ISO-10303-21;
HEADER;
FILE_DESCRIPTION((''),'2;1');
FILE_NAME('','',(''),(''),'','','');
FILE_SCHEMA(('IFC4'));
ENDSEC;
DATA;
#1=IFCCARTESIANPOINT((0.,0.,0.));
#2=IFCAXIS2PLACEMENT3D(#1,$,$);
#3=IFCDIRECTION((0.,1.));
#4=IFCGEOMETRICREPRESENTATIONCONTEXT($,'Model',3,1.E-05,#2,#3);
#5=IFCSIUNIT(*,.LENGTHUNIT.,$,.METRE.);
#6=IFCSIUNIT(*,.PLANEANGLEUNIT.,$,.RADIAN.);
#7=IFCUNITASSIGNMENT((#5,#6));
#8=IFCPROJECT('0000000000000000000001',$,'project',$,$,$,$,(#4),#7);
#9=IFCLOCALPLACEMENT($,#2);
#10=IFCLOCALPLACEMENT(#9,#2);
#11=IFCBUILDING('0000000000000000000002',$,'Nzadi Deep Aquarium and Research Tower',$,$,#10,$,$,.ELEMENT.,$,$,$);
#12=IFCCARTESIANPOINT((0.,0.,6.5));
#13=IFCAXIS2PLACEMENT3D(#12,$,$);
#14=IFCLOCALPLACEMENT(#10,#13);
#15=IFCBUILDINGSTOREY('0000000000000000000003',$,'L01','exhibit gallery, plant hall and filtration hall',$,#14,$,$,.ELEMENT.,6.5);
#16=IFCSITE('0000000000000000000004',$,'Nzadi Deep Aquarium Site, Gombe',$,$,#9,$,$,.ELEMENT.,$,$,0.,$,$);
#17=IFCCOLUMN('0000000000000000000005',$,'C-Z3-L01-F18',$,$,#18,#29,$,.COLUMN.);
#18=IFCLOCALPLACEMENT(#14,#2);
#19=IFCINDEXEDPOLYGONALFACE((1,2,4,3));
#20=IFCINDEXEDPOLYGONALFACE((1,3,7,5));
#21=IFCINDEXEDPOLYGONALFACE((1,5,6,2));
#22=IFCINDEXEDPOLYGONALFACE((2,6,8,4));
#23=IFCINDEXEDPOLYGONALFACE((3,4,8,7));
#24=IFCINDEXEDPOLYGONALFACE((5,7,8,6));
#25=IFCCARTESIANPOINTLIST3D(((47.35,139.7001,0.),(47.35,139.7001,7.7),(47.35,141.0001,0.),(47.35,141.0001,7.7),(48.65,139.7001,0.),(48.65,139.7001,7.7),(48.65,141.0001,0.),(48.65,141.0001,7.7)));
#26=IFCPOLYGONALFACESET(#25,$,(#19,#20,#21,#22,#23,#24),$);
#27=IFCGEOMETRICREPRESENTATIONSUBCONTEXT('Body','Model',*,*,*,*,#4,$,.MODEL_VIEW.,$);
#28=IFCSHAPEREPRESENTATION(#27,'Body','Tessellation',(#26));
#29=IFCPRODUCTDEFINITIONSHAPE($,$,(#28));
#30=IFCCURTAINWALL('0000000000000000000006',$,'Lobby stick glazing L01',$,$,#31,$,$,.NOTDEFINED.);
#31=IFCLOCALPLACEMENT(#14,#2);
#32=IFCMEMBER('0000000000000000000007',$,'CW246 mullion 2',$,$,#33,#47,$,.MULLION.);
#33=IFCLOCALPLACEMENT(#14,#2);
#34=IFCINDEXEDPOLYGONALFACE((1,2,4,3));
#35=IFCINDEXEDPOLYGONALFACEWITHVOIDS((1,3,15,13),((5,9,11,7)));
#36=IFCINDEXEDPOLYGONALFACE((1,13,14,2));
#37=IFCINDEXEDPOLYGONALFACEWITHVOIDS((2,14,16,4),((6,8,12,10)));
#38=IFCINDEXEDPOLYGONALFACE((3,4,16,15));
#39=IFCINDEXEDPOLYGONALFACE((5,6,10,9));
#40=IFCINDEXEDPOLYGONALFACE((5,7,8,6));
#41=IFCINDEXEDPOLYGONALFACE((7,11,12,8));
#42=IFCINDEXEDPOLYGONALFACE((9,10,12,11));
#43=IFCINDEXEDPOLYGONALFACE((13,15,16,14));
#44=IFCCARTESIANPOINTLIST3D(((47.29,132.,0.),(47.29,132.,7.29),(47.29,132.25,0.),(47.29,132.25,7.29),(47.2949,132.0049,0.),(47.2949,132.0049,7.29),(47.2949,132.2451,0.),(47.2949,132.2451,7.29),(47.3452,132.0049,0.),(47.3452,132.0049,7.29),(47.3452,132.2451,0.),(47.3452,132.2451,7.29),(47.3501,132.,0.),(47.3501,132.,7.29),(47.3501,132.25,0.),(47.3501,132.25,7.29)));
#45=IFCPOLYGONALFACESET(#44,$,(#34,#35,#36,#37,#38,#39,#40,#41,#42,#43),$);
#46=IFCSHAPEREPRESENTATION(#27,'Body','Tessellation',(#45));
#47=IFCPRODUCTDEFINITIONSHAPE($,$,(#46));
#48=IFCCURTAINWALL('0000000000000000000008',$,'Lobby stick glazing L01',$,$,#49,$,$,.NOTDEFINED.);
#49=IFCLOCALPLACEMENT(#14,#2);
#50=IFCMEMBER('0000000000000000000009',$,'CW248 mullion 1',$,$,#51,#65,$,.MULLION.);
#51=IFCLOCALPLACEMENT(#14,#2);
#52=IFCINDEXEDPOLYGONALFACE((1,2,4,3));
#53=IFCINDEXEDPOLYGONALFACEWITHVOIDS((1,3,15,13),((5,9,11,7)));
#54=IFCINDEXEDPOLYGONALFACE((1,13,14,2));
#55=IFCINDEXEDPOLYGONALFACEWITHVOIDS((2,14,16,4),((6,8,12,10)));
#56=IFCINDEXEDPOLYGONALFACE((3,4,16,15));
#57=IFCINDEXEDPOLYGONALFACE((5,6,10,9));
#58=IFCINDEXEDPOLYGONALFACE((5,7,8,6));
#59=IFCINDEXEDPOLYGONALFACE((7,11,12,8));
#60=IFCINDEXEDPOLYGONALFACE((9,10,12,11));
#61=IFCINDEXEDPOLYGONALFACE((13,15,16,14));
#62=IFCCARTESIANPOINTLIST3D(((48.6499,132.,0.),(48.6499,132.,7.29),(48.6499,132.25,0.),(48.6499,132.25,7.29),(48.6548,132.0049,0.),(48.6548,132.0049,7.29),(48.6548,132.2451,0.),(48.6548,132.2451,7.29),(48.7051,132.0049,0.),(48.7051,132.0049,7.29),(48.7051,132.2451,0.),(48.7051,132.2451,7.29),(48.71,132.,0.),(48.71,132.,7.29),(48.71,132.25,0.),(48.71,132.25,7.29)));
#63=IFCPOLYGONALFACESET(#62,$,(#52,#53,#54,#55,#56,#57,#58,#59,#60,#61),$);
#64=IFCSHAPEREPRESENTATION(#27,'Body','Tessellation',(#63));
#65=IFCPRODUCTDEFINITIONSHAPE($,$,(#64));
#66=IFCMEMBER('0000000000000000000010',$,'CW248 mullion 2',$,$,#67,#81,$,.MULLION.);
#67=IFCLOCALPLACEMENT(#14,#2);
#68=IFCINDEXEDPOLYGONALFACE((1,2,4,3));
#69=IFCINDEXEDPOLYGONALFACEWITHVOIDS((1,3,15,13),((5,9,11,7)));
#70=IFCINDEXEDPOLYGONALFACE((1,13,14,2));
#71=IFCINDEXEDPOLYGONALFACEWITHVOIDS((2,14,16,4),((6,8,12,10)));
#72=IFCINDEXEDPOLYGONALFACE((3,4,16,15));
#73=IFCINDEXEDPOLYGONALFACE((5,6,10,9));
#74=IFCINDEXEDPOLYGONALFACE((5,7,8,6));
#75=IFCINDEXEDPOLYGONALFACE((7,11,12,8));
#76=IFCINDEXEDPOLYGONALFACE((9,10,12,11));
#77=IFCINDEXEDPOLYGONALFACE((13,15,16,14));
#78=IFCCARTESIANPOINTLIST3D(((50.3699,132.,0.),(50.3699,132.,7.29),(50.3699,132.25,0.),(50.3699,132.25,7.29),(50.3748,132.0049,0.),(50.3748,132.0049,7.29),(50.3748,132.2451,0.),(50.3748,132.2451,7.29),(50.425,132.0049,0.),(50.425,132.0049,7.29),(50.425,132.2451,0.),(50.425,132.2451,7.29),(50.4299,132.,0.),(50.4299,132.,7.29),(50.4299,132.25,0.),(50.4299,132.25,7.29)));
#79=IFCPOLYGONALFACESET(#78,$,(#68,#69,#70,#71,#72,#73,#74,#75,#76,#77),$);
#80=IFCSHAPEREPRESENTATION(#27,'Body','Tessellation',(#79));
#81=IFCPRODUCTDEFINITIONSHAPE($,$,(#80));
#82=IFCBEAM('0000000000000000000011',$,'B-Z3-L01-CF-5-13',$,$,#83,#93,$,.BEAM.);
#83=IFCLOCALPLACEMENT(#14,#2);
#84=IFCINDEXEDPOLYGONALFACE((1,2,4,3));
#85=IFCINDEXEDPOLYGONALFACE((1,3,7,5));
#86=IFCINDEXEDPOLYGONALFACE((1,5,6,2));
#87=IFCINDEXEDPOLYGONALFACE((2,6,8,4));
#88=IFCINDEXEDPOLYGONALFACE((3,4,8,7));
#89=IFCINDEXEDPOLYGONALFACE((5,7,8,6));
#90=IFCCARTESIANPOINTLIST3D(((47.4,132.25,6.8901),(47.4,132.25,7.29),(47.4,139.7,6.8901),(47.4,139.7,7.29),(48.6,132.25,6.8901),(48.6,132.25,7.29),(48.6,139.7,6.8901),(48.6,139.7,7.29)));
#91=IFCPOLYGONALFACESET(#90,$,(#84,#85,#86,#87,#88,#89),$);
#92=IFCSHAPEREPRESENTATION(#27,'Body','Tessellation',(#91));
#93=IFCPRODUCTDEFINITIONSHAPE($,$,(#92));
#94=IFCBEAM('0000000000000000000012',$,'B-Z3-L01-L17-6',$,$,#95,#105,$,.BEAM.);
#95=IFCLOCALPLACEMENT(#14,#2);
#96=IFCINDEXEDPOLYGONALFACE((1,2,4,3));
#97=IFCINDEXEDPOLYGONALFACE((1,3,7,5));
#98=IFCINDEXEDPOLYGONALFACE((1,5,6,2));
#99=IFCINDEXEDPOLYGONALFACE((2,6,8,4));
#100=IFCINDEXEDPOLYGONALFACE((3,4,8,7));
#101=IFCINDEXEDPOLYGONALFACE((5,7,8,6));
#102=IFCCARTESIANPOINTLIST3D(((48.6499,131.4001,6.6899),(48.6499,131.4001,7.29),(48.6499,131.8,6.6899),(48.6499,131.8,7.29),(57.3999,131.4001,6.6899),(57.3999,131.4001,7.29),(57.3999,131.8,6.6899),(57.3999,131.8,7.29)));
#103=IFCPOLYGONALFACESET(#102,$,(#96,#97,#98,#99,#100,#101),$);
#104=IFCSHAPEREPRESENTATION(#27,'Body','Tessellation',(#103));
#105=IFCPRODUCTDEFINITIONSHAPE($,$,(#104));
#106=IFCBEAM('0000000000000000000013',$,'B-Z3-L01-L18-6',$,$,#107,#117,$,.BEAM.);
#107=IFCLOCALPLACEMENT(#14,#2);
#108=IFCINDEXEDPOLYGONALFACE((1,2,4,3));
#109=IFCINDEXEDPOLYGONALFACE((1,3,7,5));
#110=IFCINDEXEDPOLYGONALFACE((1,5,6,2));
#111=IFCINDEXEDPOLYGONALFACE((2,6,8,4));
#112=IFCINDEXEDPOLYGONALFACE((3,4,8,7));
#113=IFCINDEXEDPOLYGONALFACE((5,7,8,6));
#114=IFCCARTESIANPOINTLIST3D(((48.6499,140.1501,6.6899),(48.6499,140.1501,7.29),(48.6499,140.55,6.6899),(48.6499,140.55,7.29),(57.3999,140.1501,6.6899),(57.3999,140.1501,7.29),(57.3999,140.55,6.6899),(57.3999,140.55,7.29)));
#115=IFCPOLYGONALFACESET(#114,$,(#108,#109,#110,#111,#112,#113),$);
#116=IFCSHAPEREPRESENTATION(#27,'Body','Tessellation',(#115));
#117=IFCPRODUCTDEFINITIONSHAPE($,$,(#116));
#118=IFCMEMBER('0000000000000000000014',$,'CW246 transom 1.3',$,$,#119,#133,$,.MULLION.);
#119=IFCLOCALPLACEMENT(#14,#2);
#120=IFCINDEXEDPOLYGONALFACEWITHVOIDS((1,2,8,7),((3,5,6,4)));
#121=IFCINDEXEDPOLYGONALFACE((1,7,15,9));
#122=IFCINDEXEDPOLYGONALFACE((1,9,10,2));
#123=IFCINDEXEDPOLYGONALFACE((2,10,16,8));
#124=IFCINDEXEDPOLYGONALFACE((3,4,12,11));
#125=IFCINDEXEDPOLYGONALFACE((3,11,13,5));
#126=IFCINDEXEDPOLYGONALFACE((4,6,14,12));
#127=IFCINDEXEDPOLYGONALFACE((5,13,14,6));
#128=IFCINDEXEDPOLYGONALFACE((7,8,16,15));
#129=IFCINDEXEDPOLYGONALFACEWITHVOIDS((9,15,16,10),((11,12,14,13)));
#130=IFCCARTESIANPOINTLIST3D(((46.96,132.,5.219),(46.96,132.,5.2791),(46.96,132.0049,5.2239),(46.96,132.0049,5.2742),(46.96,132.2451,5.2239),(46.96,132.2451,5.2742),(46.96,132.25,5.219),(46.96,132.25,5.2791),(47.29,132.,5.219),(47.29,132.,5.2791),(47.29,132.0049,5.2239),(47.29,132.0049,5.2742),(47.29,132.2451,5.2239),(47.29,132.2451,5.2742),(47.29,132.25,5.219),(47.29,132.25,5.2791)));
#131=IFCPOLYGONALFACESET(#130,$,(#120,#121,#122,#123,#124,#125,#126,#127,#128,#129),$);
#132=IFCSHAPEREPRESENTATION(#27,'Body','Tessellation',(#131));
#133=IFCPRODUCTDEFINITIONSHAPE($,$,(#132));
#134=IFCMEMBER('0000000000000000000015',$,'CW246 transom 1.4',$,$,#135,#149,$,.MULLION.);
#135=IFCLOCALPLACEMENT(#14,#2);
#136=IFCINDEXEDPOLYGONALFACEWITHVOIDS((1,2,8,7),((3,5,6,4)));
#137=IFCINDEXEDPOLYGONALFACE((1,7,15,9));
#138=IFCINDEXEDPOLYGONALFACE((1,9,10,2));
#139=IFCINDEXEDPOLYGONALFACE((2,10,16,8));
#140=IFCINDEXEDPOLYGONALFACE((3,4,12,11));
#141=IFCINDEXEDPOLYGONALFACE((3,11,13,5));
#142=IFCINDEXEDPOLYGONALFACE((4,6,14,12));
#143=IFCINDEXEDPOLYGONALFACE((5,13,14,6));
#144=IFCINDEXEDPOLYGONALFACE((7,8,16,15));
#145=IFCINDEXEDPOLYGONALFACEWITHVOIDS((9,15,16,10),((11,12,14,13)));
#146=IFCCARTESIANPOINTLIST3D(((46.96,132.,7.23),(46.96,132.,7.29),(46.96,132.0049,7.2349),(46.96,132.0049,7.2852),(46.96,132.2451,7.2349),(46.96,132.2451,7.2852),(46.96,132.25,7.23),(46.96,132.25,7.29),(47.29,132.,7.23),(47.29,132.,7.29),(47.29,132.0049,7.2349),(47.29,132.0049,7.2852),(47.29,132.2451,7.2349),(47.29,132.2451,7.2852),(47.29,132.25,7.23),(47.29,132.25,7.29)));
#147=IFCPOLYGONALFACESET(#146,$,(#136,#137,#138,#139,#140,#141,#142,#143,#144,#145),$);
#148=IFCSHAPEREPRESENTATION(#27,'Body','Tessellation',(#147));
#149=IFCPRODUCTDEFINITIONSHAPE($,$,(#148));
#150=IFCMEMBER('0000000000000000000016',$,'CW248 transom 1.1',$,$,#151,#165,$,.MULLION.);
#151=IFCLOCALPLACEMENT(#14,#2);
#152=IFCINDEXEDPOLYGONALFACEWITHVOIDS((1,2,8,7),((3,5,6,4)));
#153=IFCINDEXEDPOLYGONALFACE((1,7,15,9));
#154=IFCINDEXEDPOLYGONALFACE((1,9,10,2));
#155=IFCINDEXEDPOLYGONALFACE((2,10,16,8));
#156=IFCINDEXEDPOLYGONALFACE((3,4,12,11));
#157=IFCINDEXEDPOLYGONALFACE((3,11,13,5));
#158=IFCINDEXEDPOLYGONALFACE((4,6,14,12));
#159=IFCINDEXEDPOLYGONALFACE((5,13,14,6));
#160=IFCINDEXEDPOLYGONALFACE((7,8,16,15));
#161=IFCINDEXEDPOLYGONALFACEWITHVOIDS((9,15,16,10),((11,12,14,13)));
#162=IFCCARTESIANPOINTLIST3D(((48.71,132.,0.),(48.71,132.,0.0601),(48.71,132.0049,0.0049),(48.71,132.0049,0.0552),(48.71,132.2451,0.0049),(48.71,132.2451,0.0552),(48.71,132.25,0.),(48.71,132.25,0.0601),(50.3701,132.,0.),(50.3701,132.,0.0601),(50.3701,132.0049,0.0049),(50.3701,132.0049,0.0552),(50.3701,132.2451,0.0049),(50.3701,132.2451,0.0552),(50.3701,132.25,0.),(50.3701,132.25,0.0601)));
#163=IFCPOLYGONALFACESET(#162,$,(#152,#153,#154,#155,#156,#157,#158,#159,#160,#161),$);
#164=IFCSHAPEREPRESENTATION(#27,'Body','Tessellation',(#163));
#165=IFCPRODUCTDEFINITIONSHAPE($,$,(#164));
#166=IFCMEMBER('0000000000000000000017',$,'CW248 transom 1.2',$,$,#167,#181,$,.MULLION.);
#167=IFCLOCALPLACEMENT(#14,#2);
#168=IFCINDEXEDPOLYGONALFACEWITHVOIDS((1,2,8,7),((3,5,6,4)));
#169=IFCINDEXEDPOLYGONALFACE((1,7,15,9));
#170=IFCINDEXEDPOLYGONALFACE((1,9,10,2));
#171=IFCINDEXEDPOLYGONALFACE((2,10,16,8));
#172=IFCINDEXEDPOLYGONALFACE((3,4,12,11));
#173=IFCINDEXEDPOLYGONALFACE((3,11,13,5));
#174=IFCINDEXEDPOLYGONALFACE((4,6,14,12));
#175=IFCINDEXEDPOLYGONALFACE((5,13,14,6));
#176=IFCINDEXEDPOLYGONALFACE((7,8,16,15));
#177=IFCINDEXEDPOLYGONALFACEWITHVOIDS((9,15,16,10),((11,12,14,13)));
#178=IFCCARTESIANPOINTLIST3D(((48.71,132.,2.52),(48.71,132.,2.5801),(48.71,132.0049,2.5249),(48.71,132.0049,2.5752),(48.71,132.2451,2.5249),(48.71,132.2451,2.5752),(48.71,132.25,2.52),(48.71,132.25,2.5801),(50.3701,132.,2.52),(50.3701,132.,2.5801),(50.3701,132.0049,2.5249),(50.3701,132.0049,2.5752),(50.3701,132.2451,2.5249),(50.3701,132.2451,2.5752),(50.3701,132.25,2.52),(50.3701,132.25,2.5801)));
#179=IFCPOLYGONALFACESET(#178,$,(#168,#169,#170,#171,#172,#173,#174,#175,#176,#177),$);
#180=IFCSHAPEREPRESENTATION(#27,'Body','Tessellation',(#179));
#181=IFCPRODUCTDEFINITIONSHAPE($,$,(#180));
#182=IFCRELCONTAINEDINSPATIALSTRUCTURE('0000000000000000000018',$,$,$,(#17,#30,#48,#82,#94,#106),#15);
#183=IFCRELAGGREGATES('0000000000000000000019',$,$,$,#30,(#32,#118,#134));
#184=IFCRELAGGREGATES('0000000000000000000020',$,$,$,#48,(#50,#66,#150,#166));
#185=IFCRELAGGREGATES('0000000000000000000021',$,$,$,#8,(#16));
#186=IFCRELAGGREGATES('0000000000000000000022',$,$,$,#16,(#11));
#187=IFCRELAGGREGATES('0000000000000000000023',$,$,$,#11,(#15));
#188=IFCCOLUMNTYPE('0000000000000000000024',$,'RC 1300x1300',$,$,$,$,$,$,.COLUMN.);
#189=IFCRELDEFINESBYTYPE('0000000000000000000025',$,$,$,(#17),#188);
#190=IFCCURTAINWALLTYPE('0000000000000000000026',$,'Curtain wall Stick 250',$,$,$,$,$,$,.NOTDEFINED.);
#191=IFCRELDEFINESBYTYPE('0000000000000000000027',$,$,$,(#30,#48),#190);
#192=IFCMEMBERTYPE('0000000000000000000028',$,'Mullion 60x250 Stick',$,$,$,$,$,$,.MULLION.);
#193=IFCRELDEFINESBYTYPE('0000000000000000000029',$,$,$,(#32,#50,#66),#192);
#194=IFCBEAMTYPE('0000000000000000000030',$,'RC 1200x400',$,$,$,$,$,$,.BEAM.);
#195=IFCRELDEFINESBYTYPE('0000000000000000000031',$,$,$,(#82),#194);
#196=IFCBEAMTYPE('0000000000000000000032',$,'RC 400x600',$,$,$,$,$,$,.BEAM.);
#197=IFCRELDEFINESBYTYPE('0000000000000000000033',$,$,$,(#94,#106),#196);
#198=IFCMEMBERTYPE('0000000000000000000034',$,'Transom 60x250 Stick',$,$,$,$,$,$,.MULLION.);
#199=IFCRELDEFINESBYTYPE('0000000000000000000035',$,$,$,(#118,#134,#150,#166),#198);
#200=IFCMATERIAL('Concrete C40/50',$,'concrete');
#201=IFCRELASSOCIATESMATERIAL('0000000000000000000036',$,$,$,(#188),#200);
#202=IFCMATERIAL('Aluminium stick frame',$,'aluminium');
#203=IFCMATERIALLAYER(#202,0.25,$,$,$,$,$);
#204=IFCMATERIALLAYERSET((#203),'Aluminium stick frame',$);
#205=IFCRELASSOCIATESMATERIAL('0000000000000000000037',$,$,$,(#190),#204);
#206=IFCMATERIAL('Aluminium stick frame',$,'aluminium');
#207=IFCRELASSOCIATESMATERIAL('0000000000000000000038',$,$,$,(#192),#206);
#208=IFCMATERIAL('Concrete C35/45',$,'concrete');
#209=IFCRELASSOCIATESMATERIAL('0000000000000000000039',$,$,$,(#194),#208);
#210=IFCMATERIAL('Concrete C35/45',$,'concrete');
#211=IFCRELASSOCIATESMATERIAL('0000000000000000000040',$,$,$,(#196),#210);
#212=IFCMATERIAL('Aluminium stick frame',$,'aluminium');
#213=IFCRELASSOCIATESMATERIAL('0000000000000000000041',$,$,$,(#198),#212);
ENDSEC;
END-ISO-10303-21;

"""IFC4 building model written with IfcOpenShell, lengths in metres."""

from ifc_helpers import new_model, si_unit, direction, frame, origin, origin_2d, place, context, subcontext, project, spatial, rectangle, hollow_rectangle, extrude, material, layer, layer_set, material_profile, profile_set, type_object, element, aggregate, save


model = new_model("IFC4")

# Units and contexts
model_context = context("Model", 3, precision=1e-05, world=origin(), true_north=direction((0.0, 1.0)))
body_context = subcontext(model_context, "Body", "Model", "MODEL_VIEW")
ifc_project = project(units=[si_unit("LENGTHUNIT", "METRE"), si_unit("PLANEANGLEUNIT", "RADIAN")], contexts=[model_context])

# Site, building, storey
site_placement = place(None, origin())
site = spatial("IfcSite", under=ifc_project, at=site_placement, Name="Nzadi Deep Aquarium Site, Gombe", CompositionType="ELEMENT", RefElevation=0.0)
building_placement = place(site_placement, origin())
building = spatial("IfcBuilding", under=site, at=building_placement, Name="Nzadi Deep Aquarium and Research Tower", CompositionType="ELEMENT")
storey_placement = place(building_placement, frame((0.0, 0.0, 6.5)))
storey = spatial("IfcBuildingStorey", under=building, at=storey_placement, Name="L01", Description="exhibit gallery, plant hall and filtration hall", CompositionType="ELEMENT", Elevation=6.5)

# Column
ifc_material_1 = material(Name="Concrete C40/50", Category="concrete")
ifc_material_profile_1 = material_profile(ifc_material_1, rectangle(XDim=1.3, YDim=1.3, at=origin_2d()))
ifc_profile_set_1 = profile_set([ifc_material_profile_1], Name="Concrete C40/50")
column_type = type_object("IfcColumnType", Name="RC 1300x1300", PredefinedType="COLUMN", material=ifc_profile_set_1)
column_placement = place(storey_placement, frame((48.0, 140.3501, 0.0), z_axis=(0.0, 0.0, 1.0), x_axis=(1.0, 0.0, 0.0)))
element("IfcColumn", 1, at=column_placement, inside=storey, type_object=column_type, Name="C-Z3-L01-F18", PredefinedType="COLUMN", context=body_context, shape_type="SweptSolid", body=[
    extrude(rectangle(XDim=1.3, YDim=1.3, at=origin_2d()), origin(), (0.0, 0.0, 1.0), 7.7),
])

# Curtain wall, member
ifc_material_2 = material(Name="Aluminium stick frame", Category="aluminium")
ifc_layer_1 = layer(ifc_material_2, 0.25)
ifc_layer_set_1 = layer_set([ifc_layer_1], Name="Aluminium stick frame")
curtain_wall_type = type_object("IfcCurtainWallType", Name="Curtain wall Stick 250", PredefinedType="NOTDEFINED", material=ifc_layer_set_1)
curtain_wall_1_placement = place(storey_placement, origin())
curtain_wall_1 = element("IfcCurtainWall", 2, at=curtain_wall_1_placement, inside=storey, type_object=curtain_wall_type, Name="Lobby stick glazing L01", PredefinedType="NOTDEFINED")
ifc_material_3 = material(Name="Aluminium stick frame", Category="aluminium")
ifc_material_profile_2 = material_profile(ifc_material_3, hollow_rectangle(XDim=0.25, YDim=0.0601, WallThickness=0.0049, at=origin_2d()))
ifc_profile_set_2 = profile_set([ifc_material_profile_2], Name="Aluminium stick frame")
member_type_1 = type_object("IfcMemberType", Name="Mullion 60x250 Stick", PredefinedType="MULLION", material=ifc_profile_set_2)
member_1_placement = place(storey_placement, frame((47.3201, 132.125, 0.0), z_axis=(0.0, 0.0, 1.0), x_axis=(0.0, 1.0, 0.0)))
member_1 = element("IfcMember", 3, at=member_1_placement, type_object=member_type_1, Name="CW246 mullion 2", PredefinedType="MULLION", context=body_context, shape_type="SweptSolid", body=[
    extrude(hollow_rectangle(XDim=0.25, YDim=0.0601, WallThickness=0.0049, at=origin_2d()), origin(), (0.0, 0.0, 1.0), 7.29),
])

# Curtain wall, members
curtain_wall_2_placement = place(storey_placement, origin())
curtain_wall_2 = element("IfcCurtainWall", 4, at=curtain_wall_2_placement, inside=storey, type_object=curtain_wall_type, Name="Lobby stick glazing L01", PredefinedType="NOTDEFINED")
member_2_placement = place(storey_placement, frame((48.6799, 132.125, 0.0), z_axis=(0.0, 0.0, 1.0), x_axis=(0.0, 1.0, 0.0)))
member_2 = element("IfcMember", 5, at=member_2_placement, type_object=member_type_1, Name="CW248 mullion 1", PredefinedType="MULLION", context=body_context, shape_type="SweptSolid", body=[
    extrude(hollow_rectangle(XDim=0.25, YDim=0.0601, WallThickness=0.0049, at=origin_2d()), origin(), (0.0, 0.0, 1.0), 7.29),
])
member_3_placement = place(storey_placement, frame((50.3999, 132.125, 0.0), z_axis=(0.0, 0.0, 1.0), x_axis=(0.0, 1.0, 0.0)))
member_3 = element("IfcMember", 6, at=member_3_placement, type_object=member_type_1, Name="CW248 mullion 2", PredefinedType="MULLION", context=body_context, shape_type="SweptSolid", body=[
    extrude(hollow_rectangle(XDim=0.25, YDim=0.0601, WallThickness=0.0049, at=origin_2d()), origin(), (0.0, 0.0, 1.0), 7.29),
])

# Beams
ifc_material_4 = material(Name="Concrete C35/45", Category="concrete")
ifc_material_profile_3 = material_profile(ifc_material_4, rectangle(XDim=1.2, YDim=0.3999, at=origin_2d()))
ifc_profile_set_3 = profile_set([ifc_material_profile_3], Name="Concrete C35/45")
beam_type_1 = type_object("IfcBeamType", Name="RC 1200x400", PredefinedType="BEAM", material=ifc_profile_set_3)
beam_placement = place(storey_placement, frame((48.0, 132.25, 7.0901), z_axis=(0.0, 1.0, 0.0), x_axis=(-1.0, 0.0, 0.0)))
element("IfcBeam", 7, at=beam_placement, inside=storey, type_object=beam_type_1, Name="B-Z3-L01-CF-5-13", PredefinedType="BEAM", context=body_context, shape_type="SweptSolid", body=[
    extrude(rectangle(XDim=1.2, YDim=0.3999, at=origin_2d()), origin(), (0.0, 0.0, 1.0), 7.45),
])
ifc_material_5 = material(Name="Concrete C35/45", Category="concrete")
ifc_material_profile_4 = material_profile(ifc_material_5, rectangle(XDim=0.3999, YDim=0.6001, at=origin_2d()))
ifc_profile_set_4 = profile_set([ifc_material_profile_4], Name="Concrete C35/45")
beam_type_2 = type_object("IfcBeamType", Name="RC 400x600", PredefinedType="BEAM", material=ifc_profile_set_4)
for number, where, z_axis, x_axis, name in (
    (8, (48.6499, 131.6001, 6.99), (1.0, 0.0, 0.0), (0.0, 1.0, 0.0), "B-Z3-L01-L17-6"),
    (9, (48.6499, 140.3501, 6.99), (1.0, 0.0, 0.0), (0.0, 1.0, 0.0), "B-Z3-L01-L18-6"),
):
    element("IfcBeam", number, at=place(storey_placement, frame(where, z_axis=z_axis, x_axis=x_axis)), inside=storey, type_object=beam_type_2, Name=name, PredefinedType="BEAM", context=body_context, shape_type="SweptSolid", body=[
        extrude(rectangle(XDim=0.3999, YDim=0.6001, at=origin_2d()), origin(), (0.0, 0.0, 1.0), 8.75),
    ])

# Members
ifc_material_6 = material(Name="Aluminium stick frame", Category="aluminium")
ifc_material_profile_5 = material_profile(ifc_material_6, hollow_rectangle(XDim=0.25, YDim=0.0601, WallThickness=0.0049, at=origin_2d()))
ifc_profile_set_5 = profile_set([ifc_material_profile_5], Name="Aluminium stick frame")
member_type_2 = type_object("IfcMemberType", Name="Transom 60x250 Stick", PredefinedType="MULLION", material=ifc_profile_set_5)
member_4_placement = place(storey_placement, frame((46.96, 132.125, 5.249), z_axis=(1.0, 0.0, 0.0), x_axis=(0.0, 1.0, 0.0)))
member_4 = element("IfcMember", 10, at=member_4_placement, type_object=member_type_2, Name="CW246 transom 1.3", PredefinedType="MULLION", context=body_context, shape_type="SweptSolid", body=[
    extrude(hollow_rectangle(XDim=0.25, YDim=0.0601, WallThickness=0.0049, at=origin_2d()), origin(), (0.0, 0.0, 1.0), 0.3301),
])
member_5_placement = place(storey_placement, frame((46.96, 132.125, 7.26), z_axis=(1.0, 0.0, 0.0), x_axis=(0.0, 1.0, 0.0)))
member_5 = element("IfcMember", 11, at=member_5_placement, type_object=member_type_2, Name="CW246 transom 1.4", PredefinedType="MULLION", context=body_context, shape_type="SweptSolid", body=[
    extrude(hollow_rectangle(XDim=0.25, YDim=0.0601, WallThickness=0.0049, at=origin_2d()), origin(), (0.0, 0.0, 1.0), 0.3301),
])
member_6_placement = place(storey_placement, frame((48.71, 132.125, 0.03), z_axis=(1.0, 0.0, 0.0), x_axis=(0.0, 1.0, 0.0)))
member_6 = element("IfcMember", 12, at=member_6_placement, type_object=member_type_2, Name="CW248 transom 1.1", PredefinedType="MULLION", context=body_context, shape_type="SweptSolid", body=[
    extrude(hollow_rectangle(XDim=0.25, YDim=0.0601, WallThickness=0.0049, at=origin_2d()), origin(), (0.0, 0.0, 1.0), 1.6602),
])
member_7_placement = place(storey_placement, frame((48.71, 132.125, 2.55), z_axis=(1.0, 0.0, 0.0), x_axis=(0.0, 1.0, 0.0)))
member_7 = element("IfcMember", 13, at=member_7_placement, type_object=member_type_2, Name="CW248 transom 1.2", PredefinedType="MULLION", context=body_context, shape_type="SweptSolid", body=[
    extrude(hollow_rectangle(XDim=0.25, YDim=0.0601, WallThickness=0.0049, at=origin_2d()), origin(), (0.0, 0.0, 1.0), 1.6602),
])

aggregate(curtain_wall_1, [member_1, member_4, member_5])
aggregate(curtain_wall_2, [member_2, member_3, member_6, member_7])

save(model, "model.ifc")
